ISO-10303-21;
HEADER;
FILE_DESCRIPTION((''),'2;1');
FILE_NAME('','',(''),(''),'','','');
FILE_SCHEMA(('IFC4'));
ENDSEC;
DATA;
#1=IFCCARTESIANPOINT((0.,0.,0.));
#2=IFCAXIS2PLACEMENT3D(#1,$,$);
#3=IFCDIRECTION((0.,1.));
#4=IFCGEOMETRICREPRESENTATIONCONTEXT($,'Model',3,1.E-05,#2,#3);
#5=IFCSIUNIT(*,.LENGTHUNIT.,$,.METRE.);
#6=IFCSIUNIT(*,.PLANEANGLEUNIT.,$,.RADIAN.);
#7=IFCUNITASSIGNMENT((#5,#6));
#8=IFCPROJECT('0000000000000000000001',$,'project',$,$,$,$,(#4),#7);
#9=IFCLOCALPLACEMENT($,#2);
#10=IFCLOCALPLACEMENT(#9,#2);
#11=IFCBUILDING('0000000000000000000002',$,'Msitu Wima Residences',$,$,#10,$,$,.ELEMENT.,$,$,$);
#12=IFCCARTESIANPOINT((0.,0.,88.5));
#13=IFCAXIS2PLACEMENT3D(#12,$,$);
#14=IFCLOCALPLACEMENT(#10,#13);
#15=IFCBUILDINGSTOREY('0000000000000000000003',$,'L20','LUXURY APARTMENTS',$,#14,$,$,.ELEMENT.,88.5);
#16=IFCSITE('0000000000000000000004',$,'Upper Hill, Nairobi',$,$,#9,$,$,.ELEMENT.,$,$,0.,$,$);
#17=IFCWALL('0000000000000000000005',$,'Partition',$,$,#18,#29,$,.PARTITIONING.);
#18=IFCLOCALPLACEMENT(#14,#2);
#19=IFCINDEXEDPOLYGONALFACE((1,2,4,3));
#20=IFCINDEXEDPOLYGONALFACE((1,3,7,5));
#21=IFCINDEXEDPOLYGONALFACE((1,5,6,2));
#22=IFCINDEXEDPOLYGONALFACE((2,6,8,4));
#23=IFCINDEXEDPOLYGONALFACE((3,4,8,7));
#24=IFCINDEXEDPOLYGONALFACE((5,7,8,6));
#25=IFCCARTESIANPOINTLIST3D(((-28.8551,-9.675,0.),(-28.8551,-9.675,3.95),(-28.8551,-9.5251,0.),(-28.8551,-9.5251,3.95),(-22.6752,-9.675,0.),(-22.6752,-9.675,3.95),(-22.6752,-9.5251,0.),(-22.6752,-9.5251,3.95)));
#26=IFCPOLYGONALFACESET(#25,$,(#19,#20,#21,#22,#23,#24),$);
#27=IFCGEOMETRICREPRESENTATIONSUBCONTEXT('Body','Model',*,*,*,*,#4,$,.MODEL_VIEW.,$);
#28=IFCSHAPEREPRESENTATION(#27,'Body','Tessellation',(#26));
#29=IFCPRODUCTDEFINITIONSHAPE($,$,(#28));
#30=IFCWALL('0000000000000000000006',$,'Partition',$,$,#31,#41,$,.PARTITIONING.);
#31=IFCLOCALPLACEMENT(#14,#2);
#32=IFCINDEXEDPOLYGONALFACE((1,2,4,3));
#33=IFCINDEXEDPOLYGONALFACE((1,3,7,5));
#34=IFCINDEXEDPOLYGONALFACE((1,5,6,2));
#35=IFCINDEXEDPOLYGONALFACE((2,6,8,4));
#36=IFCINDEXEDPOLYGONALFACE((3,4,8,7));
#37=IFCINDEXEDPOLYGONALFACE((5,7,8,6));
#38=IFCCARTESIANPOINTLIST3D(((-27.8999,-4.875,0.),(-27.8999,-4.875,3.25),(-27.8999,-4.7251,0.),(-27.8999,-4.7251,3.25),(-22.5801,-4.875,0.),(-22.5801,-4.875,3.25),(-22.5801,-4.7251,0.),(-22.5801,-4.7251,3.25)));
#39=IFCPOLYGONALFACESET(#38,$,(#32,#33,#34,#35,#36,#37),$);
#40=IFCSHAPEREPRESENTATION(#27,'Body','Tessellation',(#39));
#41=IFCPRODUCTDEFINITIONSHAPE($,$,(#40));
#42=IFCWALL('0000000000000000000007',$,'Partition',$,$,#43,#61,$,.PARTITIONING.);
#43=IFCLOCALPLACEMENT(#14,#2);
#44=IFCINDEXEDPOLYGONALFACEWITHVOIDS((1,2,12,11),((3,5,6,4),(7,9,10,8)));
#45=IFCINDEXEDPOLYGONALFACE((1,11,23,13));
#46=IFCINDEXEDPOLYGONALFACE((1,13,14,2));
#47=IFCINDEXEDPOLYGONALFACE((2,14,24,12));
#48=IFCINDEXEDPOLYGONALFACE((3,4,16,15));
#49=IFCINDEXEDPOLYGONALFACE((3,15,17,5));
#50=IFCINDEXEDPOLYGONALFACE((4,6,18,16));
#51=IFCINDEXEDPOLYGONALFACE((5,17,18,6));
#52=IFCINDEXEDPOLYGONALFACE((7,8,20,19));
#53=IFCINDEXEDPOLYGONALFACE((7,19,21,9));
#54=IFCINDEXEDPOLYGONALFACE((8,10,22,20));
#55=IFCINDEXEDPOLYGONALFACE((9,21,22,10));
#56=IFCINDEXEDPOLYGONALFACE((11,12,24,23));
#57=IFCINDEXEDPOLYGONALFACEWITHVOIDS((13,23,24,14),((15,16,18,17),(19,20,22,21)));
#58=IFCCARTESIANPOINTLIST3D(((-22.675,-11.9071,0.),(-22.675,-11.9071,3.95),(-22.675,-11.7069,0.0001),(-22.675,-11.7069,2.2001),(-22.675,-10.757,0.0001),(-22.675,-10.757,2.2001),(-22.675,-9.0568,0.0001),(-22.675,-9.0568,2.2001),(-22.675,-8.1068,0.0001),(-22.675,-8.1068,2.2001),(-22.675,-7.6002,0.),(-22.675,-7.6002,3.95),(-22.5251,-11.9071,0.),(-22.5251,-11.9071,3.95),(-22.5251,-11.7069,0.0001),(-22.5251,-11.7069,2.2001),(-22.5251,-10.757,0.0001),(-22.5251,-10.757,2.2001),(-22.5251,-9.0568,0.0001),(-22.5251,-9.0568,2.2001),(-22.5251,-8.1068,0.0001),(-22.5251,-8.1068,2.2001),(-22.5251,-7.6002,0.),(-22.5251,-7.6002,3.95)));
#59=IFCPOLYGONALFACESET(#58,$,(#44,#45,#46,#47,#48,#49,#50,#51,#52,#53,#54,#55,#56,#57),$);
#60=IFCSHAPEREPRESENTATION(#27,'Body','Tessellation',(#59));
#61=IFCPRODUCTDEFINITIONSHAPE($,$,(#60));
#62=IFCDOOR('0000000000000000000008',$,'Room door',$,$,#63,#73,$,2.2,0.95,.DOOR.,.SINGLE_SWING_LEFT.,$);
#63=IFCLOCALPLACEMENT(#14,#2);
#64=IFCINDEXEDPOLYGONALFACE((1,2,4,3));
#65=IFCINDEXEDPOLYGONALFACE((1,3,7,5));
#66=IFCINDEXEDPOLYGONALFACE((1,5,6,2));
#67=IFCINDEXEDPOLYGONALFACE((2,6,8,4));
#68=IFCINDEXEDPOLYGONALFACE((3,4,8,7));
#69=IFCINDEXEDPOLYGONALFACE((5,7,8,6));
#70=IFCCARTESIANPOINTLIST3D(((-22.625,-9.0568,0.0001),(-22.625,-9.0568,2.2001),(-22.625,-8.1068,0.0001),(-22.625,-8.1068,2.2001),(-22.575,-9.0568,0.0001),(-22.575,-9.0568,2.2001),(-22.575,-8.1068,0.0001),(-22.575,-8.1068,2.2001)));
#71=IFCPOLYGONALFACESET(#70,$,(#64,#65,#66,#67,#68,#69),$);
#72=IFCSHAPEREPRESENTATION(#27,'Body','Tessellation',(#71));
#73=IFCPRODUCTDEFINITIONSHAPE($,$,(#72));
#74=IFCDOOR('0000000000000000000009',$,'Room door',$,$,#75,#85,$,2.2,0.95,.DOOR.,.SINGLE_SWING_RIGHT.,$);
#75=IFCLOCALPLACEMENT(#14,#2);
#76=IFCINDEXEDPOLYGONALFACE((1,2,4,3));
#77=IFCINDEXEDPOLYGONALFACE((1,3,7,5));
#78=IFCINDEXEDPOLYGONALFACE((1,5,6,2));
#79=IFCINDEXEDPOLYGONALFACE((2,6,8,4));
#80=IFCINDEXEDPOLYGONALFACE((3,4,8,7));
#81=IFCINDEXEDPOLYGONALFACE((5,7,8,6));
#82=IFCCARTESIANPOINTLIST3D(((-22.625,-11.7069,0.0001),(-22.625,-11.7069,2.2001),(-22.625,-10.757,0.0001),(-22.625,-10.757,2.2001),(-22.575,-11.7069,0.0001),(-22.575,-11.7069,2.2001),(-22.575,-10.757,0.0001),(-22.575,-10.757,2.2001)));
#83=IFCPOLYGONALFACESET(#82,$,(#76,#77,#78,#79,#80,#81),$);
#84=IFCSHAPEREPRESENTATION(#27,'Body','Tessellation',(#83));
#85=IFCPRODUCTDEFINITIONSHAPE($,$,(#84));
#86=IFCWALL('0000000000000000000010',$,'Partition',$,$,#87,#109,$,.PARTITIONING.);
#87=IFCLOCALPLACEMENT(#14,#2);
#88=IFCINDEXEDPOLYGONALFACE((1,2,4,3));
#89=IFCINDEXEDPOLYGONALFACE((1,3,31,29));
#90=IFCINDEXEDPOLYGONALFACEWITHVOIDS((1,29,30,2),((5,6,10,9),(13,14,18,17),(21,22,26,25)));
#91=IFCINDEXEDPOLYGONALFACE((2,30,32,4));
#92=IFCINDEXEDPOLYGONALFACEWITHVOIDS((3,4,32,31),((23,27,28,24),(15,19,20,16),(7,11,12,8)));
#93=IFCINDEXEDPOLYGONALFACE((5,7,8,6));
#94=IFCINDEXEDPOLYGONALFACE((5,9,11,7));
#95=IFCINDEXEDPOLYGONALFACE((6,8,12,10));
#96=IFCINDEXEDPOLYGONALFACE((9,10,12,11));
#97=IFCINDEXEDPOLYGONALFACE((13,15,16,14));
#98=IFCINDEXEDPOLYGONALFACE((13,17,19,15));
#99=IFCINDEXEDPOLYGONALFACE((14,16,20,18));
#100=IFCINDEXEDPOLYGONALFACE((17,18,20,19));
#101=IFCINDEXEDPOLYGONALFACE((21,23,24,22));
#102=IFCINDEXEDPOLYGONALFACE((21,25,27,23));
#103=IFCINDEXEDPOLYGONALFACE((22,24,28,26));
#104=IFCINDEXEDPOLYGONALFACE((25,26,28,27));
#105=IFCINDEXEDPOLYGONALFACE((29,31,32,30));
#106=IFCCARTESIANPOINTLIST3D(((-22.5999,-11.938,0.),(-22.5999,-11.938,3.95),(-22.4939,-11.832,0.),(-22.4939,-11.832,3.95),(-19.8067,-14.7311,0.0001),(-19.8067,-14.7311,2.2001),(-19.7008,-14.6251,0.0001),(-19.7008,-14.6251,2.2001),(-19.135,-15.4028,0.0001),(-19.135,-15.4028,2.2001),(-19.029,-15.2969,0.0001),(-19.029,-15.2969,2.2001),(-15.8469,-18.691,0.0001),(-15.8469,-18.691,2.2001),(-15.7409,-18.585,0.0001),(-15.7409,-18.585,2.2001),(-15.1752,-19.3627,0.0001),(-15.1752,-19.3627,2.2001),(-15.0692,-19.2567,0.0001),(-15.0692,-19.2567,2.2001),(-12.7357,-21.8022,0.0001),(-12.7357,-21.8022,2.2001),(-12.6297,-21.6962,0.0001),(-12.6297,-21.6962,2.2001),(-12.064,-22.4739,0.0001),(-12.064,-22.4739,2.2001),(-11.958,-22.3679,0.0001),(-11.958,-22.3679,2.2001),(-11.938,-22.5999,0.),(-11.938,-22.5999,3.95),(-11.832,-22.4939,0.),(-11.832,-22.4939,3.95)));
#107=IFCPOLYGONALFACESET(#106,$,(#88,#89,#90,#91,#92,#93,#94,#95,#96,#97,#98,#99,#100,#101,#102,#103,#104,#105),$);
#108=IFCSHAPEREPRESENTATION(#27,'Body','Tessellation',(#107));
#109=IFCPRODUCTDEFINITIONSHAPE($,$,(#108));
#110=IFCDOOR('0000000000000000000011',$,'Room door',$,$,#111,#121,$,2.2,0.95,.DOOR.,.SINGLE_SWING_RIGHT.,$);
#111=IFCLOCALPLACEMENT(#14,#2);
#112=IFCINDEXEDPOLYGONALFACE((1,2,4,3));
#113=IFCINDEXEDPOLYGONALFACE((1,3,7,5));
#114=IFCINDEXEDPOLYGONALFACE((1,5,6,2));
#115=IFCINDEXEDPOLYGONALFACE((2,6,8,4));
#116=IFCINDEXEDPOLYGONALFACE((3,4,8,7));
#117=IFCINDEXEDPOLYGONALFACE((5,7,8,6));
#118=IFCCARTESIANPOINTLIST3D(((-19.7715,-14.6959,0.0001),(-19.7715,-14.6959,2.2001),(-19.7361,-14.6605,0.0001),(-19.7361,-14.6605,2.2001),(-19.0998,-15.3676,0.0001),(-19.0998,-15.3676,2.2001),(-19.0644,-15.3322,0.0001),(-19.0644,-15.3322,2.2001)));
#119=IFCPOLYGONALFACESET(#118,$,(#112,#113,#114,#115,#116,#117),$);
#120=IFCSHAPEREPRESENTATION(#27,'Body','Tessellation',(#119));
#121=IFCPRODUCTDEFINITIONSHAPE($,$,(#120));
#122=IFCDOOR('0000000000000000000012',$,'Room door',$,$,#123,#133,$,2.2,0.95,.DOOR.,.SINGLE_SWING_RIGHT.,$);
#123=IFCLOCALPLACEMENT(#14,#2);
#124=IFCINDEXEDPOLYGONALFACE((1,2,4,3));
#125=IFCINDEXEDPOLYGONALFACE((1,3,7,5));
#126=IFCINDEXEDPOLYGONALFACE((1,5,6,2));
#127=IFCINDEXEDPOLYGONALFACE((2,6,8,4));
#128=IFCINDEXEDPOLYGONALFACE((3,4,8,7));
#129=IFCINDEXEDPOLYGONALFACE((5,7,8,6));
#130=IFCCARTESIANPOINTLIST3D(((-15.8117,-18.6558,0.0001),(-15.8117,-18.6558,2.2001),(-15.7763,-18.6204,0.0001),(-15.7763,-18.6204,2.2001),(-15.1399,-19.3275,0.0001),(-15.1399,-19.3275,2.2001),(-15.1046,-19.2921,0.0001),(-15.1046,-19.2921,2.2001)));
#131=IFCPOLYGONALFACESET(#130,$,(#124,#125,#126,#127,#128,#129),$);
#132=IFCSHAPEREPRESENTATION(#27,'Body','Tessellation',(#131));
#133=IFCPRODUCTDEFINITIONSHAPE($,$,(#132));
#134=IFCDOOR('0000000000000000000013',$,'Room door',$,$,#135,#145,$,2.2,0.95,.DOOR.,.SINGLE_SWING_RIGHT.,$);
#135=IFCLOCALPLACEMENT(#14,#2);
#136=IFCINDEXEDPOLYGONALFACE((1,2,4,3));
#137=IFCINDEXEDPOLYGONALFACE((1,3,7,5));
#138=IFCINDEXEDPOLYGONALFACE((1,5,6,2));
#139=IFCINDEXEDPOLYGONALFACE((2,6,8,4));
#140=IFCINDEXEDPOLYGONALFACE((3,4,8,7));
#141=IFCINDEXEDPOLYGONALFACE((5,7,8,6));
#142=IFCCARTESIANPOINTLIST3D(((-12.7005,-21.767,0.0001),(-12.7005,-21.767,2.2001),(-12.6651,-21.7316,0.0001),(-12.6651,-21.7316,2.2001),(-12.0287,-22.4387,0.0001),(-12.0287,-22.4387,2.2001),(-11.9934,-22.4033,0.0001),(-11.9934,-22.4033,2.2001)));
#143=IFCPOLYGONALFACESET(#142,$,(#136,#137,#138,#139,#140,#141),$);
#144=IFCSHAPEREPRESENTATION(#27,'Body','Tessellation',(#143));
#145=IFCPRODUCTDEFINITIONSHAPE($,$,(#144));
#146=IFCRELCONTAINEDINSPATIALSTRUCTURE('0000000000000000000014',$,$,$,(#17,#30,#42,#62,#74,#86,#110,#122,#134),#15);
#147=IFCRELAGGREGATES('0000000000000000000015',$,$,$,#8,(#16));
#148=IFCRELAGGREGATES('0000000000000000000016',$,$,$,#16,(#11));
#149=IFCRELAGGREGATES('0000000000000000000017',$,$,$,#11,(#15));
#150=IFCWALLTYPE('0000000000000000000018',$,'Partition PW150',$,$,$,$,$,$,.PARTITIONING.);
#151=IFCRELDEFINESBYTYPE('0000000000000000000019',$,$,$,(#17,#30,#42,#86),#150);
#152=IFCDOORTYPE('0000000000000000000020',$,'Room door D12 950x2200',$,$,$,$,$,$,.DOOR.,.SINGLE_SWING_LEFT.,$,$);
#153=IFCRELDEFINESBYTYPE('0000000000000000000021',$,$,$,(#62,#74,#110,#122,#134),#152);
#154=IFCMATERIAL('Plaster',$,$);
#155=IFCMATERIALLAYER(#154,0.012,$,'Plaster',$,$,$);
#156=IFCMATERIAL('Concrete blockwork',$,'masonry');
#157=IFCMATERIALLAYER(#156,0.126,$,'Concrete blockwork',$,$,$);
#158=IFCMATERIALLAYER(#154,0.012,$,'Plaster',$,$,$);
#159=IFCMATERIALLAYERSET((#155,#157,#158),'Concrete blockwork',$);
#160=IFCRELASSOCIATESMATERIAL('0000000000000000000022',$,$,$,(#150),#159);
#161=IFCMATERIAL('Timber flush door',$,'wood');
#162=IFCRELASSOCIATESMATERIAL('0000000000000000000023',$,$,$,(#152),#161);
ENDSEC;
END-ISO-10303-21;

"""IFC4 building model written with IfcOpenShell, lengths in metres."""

from ifc_helpers import new_model, si_unit, direction, frame, frame_2d, origin, place, context, subcontext, project, spatial, rectangle, extrude, material, layer, layer_set, type_object, element, fill, save


model = new_model("IFC4")

# Units and contexts
model_context = context("Model", 3, precision=1e-05, world=origin(), true_north=direction((0.0, 1.0)))
body_context = subcontext(model_context, "Body", "Model", "MODEL_VIEW")
ifc_project = project(units=[si_unit("LENGTHUNIT", "METRE"), si_unit("PLANEANGLEUNIT", "RADIAN")], contexts=[model_context])

# Site, building, storey
site_placement = place(None, origin())
site = spatial("IfcSite", under=ifc_project, at=site_placement, Name="Upper Hill, Nairobi", CompositionType="ELEMENT", RefElevation=0.0)
building_placement = place(site_placement, origin())
building = spatial("IfcBuilding", under=site, at=building_placement, Name="Msitu Wima Residences", CompositionType="ELEMENT")
storey_placement = place(building_placement, frame((0.0, 0.0, 88.5)))
storey = spatial("IfcBuildingStorey", under=building, at=storey_placement, Name="L20", Description="LUXURY APARTMENTS", CompositionType="ELEMENT", Elevation=88.5)

# Walls
ifc_material_1 = material(Name="Plaster")
ifc_layer_1 = layer(ifc_material_1, 0.012, Name="Plaster")
ifc_material_2 = material(Name="Concrete blockwork", Category="masonry")
ifc_layer_2 = layer(ifc_material_2, 0.126, Name="Concrete blockwork")
ifc_layer_3 = layer(ifc_material_1, 0.012, Name="Plaster")
ifc_layer_set_1 = layer_set([ifc_layer_1, ifc_layer_2, ifc_layer_3], Name="Concrete blockwork")
wall_type_1 = type_object("IfcWallType", Name="Partition PW150", PredefinedType="PARTITIONING", material=ifc_layer_set_1)
wall_1_placement = place(storey_placement, frame((-28.855, -9.6001, 0.0), z_axis=(0.0, 0.0, 1.0), x_axis=(1.0, 0.0, 0.0)))
element("IfcWall", 1, at=wall_1_placement, inside=storey, type_object=wall_type_1, Name="Partition", PredefinedType="PARTITIONING", context=body_context, shape_type="SweptSolid", body=[
    extrude(rectangle(XDim=6.1799, YDim=0.1499, at=frame_2d((3.0898, 0.0))), origin(), (0.0, 0.0, 1.0), 3.95),
])
wall_2_placement = place(storey_placement, frame((-27.8999, -4.8, 0.0), z_axis=(0.0, 0.0, 1.0), x_axis=(1.0, 0.0, 0.0)))
element("IfcWall", 2, at=wall_2_placement, inside=storey, type_object=wall_type_1, Name="Partition", PredefinedType="PARTITIONING", context=body_context, shape_type="SweptSolid", body=[
    extrude(rectangle(XDim=5.3198, YDim=0.1499, at=frame_2d((2.6599, 0.0))), origin(), (0.0, 0.0, 1.0), 3.25),
])

# Walls, openings, doors
wall_3_placement = place(storey_placement, frame((-22.6001, -11.907, 0.0), z_axis=(0.0, 0.0, 1.0), x_axis=(0.0, 1.0, 0.0)))
wall_3 = element("IfcWall", 3, at=wall_3_placement, inside=storey, type_object=wall_type_1, Name="Partition", PredefinedType="PARTITIONING", context=body_context, shape_type="SweptSolid", body=[
    extrude(rectangle(XDim=4.3069, YDim=0.1499, at=frame_2d((2.1533, 0.0))), origin(), (0.0, 0.0, 1.0), 3.95),
])
opening_1_placement = place(wall_3_placement, frame((2.8501, 0.0, 0.0)))
opening_1 = element("IfcOpeningElement", 4, at=opening_1_placement, cuts=wall_3, PredefinedType="OPENING", context=body_context, shape_type="SweptSolid", body=[
    extrude(rectangle(XDim=0.95, YDim=2.2, at=frame_2d((0.4751, 1.1001))), frame((0.0, 0.085, 0.0), z_axis=(0.0, -1.0, 0.0), x_axis=(1.0, 0.0, 0.0)), (0.0, 0.0, 1.0), 0.1699),
])
opening_2_placement = place(wall_3_placement, frame((0.2, 0.0, 0.0)))
opening_2 = element("IfcOpeningElement", 5, at=opening_2_placement, cuts=wall_3, PredefinedType="OPENING", context=body_context, shape_type="SweptSolid", body=[
    extrude(rectangle(XDim=0.95, YDim=2.2, at=frame_2d((0.4751, 1.1001))), frame((0.0, 0.085, 0.0), z_axis=(0.0, -1.0, 0.0), x_axis=(1.0, 0.0, 0.0)), (0.0, 0.0, 1.0), 0.1699),
])
ifc_material_3 = material(Name="Timber flush door", Category="wood")
door_type_1 = type_object("IfcDoorType", Name="Room door D12 950x2200", OperationType="SINGLE_SWING_LEFT", PredefinedType="DOOR", material=ifc_material_3)
door_1_placement = place(opening_1_placement, origin())
door_1 = element("IfcDoor", 6, at=door_1_placement, inside=storey, type_object=door_type_1, Name="Room door", OperationType="SINGLE_SWING_LEFT", OverallHeight=2.2, OverallWidth=0.95, PredefinedType="DOOR", context=body_context, shape_type="SweptSolid", body=[
    extrude(rectangle(XDim=0.95, YDim=2.2, at=frame_2d((0.4751, 1.1001))), frame((0.0, 0.0249, 0.0), z_axis=(0.0, -1.0, 0.0), x_axis=(1.0, 0.0, 0.0)), (0.0, 0.0, 1.0), 0.05),
])
fill(opening_1, door_1)
door_2_placement = place(opening_2_placement, origin())
door_2 = element("IfcDoor", 7, at=door_2_placement, inside=storey, type_object=door_type_1, Name="Room door", OperationType="SINGLE_SWING_RIGHT", OverallHeight=2.2, OverallWidth=0.95, PredefinedType="DOOR", context=body_context, shape_type="SweptSolid", body=[
    extrude(rectangle(XDim=0.95, YDim=2.2, at=frame_2d((0.4751, 1.1001))), frame((0.0, 0.0249, 0.0), z_axis=(0.0, -1.0, 0.0), x_axis=(1.0, 0.0, 0.0)), (0.0, 0.0, 1.0), 0.05),
])
fill(opening_2, door_2)
wall_4_placement = place(storey_placement, frame((-22.5469, -11.885, 0.0), z_axis=(0.0, 0.0, 1.0), x_axis=(0.707107, -0.707107, 0.0)))
wall_4 = element("IfcWall", 8, at=wall_4_placement, inside=storey, type_object=wall_type_1, Name="Partition", PredefinedType="PARTITIONING", context=body_context, shape_type="SweptSolid", body=[
    extrude(rectangle(XDim=15.0781, YDim=0.1499, at=frame_2d((7.5391, 0.0))), origin(), (0.0, 0.0, 1.0), 3.95),
])
opening_3_placement = place(wall_4_placement, frame((3.95, 0.0, 0.0)))
opening_3 = element("IfcOpeningElement", 9, at=opening_3_placement, cuts=wall_4, PredefinedType="OPENING", context=body_context, shape_type="SweptSolid", body=[
    extrude(rectangle(XDim=0.95, YDim=2.2, at=frame_2d((0.4751, 1.1001))), frame((0.0, 0.085, 0.0), z_axis=(0.0, -1.0, 0.0), x_axis=(1.0, 0.0, 0.0)), (0.0, 0.0, 1.0), 0.1699),
])
opening_4_placement = place(wall_4_placement, frame((9.55, 0.0, 0.0)))
opening_4 = element("IfcOpeningElement", 10, at=opening_4_placement, cuts=wall_4, PredefinedType="OPENING", context=body_context, shape_type="SweptSolid", body=[
    extrude(rectangle(XDim=0.95, YDim=2.2, at=frame_2d((0.4751, 1.1001))), frame((0.0, 0.085, 0.0), z_axis=(0.0, -1.0, 0.0), x_axis=(1.0, 0.0, 0.0)), (0.0, 0.0, 1.0), 0.1699),
])
opening_5_placement = place(wall_4_placement, frame((13.95, 0.0, 0.0)))
opening_5 = element("IfcOpeningElement", 11, at=opening_5_placement, cuts=wall_4, PredefinedType="OPENING", context=body_context, shape_type="SweptSolid", body=[
    extrude(rectangle(XDim=0.95, YDim=2.2, at=frame_2d((0.4751, 1.1001))), frame((0.0, 0.085, 0.0), z_axis=(0.0, -1.0, 0.0), x_axis=(1.0, 0.0, 0.0)), (0.0, 0.0, 1.0), 0.1699),
])
door_3_placement = place(opening_3_placement, origin())
door_3 = element("IfcDoor", 12, at=door_3_placement, inside=storey, type_object=door_type_1, Name="Room door", OperationType="SINGLE_SWING_RIGHT", OverallHeight=2.2, OverallWidth=0.95, PredefinedType="DOOR", context=body_context, shape_type="SweptSolid", body=[
    extrude(rectangle(XDim=0.95, YDim=2.2, at=frame_2d((0.4751, 1.1001))), frame((0.0, 0.0249, 0.0), z_axis=(0.0, -1.0, 0.0), x_axis=(1.0, 0.0, 0.0)), (0.0, 0.0, 1.0), 0.05),
])
fill(opening_3, door_3)
door_4_placement = place(opening_4_placement, origin())
door_4 = element("IfcDoor", 13, at=door_4_placement, inside=storey, type_object=door_type_1, Name="Room door", OperationType="SINGLE_SWING_RIGHT", OverallHeight=2.2, OverallWidth=0.95, PredefinedType="DOOR", context=body_context, shape_type="SweptSolid", body=[
    extrude(rectangle(XDim=0.95, YDim=2.2, at=frame_2d((0.4751, 1.1001))), frame((0.0, 0.0249, 0.0), z_axis=(0.0, -1.0, 0.0), x_axis=(1.0, 0.0, 0.0)), (0.0, 0.0, 1.0), 0.05),
])
fill(opening_4, door_4)
door_5_placement = place(opening_5_placement, origin())
door_5 = element("IfcDoor", 14, at=door_5_placement, inside=storey, type_object=door_type_1, Name="Room door", OperationType="SINGLE_SWING_RIGHT", OverallHeight=2.2, OverallWidth=0.95, PredefinedType="DOOR", context=body_context, shape_type="SweptSolid", body=[
    extrude(rectangle(XDim=0.95, YDim=2.2, at=frame_2d((0.4751, 1.1001))), frame((0.0, 0.0249, 0.0), z_axis=(0.0, -1.0, 0.0), x_axis=(1.0, 0.0, 0.0)), (0.0, 0.0, 1.0), 0.05),
])
fill(opening_5, door_5)

save(model, "model.ifc")
